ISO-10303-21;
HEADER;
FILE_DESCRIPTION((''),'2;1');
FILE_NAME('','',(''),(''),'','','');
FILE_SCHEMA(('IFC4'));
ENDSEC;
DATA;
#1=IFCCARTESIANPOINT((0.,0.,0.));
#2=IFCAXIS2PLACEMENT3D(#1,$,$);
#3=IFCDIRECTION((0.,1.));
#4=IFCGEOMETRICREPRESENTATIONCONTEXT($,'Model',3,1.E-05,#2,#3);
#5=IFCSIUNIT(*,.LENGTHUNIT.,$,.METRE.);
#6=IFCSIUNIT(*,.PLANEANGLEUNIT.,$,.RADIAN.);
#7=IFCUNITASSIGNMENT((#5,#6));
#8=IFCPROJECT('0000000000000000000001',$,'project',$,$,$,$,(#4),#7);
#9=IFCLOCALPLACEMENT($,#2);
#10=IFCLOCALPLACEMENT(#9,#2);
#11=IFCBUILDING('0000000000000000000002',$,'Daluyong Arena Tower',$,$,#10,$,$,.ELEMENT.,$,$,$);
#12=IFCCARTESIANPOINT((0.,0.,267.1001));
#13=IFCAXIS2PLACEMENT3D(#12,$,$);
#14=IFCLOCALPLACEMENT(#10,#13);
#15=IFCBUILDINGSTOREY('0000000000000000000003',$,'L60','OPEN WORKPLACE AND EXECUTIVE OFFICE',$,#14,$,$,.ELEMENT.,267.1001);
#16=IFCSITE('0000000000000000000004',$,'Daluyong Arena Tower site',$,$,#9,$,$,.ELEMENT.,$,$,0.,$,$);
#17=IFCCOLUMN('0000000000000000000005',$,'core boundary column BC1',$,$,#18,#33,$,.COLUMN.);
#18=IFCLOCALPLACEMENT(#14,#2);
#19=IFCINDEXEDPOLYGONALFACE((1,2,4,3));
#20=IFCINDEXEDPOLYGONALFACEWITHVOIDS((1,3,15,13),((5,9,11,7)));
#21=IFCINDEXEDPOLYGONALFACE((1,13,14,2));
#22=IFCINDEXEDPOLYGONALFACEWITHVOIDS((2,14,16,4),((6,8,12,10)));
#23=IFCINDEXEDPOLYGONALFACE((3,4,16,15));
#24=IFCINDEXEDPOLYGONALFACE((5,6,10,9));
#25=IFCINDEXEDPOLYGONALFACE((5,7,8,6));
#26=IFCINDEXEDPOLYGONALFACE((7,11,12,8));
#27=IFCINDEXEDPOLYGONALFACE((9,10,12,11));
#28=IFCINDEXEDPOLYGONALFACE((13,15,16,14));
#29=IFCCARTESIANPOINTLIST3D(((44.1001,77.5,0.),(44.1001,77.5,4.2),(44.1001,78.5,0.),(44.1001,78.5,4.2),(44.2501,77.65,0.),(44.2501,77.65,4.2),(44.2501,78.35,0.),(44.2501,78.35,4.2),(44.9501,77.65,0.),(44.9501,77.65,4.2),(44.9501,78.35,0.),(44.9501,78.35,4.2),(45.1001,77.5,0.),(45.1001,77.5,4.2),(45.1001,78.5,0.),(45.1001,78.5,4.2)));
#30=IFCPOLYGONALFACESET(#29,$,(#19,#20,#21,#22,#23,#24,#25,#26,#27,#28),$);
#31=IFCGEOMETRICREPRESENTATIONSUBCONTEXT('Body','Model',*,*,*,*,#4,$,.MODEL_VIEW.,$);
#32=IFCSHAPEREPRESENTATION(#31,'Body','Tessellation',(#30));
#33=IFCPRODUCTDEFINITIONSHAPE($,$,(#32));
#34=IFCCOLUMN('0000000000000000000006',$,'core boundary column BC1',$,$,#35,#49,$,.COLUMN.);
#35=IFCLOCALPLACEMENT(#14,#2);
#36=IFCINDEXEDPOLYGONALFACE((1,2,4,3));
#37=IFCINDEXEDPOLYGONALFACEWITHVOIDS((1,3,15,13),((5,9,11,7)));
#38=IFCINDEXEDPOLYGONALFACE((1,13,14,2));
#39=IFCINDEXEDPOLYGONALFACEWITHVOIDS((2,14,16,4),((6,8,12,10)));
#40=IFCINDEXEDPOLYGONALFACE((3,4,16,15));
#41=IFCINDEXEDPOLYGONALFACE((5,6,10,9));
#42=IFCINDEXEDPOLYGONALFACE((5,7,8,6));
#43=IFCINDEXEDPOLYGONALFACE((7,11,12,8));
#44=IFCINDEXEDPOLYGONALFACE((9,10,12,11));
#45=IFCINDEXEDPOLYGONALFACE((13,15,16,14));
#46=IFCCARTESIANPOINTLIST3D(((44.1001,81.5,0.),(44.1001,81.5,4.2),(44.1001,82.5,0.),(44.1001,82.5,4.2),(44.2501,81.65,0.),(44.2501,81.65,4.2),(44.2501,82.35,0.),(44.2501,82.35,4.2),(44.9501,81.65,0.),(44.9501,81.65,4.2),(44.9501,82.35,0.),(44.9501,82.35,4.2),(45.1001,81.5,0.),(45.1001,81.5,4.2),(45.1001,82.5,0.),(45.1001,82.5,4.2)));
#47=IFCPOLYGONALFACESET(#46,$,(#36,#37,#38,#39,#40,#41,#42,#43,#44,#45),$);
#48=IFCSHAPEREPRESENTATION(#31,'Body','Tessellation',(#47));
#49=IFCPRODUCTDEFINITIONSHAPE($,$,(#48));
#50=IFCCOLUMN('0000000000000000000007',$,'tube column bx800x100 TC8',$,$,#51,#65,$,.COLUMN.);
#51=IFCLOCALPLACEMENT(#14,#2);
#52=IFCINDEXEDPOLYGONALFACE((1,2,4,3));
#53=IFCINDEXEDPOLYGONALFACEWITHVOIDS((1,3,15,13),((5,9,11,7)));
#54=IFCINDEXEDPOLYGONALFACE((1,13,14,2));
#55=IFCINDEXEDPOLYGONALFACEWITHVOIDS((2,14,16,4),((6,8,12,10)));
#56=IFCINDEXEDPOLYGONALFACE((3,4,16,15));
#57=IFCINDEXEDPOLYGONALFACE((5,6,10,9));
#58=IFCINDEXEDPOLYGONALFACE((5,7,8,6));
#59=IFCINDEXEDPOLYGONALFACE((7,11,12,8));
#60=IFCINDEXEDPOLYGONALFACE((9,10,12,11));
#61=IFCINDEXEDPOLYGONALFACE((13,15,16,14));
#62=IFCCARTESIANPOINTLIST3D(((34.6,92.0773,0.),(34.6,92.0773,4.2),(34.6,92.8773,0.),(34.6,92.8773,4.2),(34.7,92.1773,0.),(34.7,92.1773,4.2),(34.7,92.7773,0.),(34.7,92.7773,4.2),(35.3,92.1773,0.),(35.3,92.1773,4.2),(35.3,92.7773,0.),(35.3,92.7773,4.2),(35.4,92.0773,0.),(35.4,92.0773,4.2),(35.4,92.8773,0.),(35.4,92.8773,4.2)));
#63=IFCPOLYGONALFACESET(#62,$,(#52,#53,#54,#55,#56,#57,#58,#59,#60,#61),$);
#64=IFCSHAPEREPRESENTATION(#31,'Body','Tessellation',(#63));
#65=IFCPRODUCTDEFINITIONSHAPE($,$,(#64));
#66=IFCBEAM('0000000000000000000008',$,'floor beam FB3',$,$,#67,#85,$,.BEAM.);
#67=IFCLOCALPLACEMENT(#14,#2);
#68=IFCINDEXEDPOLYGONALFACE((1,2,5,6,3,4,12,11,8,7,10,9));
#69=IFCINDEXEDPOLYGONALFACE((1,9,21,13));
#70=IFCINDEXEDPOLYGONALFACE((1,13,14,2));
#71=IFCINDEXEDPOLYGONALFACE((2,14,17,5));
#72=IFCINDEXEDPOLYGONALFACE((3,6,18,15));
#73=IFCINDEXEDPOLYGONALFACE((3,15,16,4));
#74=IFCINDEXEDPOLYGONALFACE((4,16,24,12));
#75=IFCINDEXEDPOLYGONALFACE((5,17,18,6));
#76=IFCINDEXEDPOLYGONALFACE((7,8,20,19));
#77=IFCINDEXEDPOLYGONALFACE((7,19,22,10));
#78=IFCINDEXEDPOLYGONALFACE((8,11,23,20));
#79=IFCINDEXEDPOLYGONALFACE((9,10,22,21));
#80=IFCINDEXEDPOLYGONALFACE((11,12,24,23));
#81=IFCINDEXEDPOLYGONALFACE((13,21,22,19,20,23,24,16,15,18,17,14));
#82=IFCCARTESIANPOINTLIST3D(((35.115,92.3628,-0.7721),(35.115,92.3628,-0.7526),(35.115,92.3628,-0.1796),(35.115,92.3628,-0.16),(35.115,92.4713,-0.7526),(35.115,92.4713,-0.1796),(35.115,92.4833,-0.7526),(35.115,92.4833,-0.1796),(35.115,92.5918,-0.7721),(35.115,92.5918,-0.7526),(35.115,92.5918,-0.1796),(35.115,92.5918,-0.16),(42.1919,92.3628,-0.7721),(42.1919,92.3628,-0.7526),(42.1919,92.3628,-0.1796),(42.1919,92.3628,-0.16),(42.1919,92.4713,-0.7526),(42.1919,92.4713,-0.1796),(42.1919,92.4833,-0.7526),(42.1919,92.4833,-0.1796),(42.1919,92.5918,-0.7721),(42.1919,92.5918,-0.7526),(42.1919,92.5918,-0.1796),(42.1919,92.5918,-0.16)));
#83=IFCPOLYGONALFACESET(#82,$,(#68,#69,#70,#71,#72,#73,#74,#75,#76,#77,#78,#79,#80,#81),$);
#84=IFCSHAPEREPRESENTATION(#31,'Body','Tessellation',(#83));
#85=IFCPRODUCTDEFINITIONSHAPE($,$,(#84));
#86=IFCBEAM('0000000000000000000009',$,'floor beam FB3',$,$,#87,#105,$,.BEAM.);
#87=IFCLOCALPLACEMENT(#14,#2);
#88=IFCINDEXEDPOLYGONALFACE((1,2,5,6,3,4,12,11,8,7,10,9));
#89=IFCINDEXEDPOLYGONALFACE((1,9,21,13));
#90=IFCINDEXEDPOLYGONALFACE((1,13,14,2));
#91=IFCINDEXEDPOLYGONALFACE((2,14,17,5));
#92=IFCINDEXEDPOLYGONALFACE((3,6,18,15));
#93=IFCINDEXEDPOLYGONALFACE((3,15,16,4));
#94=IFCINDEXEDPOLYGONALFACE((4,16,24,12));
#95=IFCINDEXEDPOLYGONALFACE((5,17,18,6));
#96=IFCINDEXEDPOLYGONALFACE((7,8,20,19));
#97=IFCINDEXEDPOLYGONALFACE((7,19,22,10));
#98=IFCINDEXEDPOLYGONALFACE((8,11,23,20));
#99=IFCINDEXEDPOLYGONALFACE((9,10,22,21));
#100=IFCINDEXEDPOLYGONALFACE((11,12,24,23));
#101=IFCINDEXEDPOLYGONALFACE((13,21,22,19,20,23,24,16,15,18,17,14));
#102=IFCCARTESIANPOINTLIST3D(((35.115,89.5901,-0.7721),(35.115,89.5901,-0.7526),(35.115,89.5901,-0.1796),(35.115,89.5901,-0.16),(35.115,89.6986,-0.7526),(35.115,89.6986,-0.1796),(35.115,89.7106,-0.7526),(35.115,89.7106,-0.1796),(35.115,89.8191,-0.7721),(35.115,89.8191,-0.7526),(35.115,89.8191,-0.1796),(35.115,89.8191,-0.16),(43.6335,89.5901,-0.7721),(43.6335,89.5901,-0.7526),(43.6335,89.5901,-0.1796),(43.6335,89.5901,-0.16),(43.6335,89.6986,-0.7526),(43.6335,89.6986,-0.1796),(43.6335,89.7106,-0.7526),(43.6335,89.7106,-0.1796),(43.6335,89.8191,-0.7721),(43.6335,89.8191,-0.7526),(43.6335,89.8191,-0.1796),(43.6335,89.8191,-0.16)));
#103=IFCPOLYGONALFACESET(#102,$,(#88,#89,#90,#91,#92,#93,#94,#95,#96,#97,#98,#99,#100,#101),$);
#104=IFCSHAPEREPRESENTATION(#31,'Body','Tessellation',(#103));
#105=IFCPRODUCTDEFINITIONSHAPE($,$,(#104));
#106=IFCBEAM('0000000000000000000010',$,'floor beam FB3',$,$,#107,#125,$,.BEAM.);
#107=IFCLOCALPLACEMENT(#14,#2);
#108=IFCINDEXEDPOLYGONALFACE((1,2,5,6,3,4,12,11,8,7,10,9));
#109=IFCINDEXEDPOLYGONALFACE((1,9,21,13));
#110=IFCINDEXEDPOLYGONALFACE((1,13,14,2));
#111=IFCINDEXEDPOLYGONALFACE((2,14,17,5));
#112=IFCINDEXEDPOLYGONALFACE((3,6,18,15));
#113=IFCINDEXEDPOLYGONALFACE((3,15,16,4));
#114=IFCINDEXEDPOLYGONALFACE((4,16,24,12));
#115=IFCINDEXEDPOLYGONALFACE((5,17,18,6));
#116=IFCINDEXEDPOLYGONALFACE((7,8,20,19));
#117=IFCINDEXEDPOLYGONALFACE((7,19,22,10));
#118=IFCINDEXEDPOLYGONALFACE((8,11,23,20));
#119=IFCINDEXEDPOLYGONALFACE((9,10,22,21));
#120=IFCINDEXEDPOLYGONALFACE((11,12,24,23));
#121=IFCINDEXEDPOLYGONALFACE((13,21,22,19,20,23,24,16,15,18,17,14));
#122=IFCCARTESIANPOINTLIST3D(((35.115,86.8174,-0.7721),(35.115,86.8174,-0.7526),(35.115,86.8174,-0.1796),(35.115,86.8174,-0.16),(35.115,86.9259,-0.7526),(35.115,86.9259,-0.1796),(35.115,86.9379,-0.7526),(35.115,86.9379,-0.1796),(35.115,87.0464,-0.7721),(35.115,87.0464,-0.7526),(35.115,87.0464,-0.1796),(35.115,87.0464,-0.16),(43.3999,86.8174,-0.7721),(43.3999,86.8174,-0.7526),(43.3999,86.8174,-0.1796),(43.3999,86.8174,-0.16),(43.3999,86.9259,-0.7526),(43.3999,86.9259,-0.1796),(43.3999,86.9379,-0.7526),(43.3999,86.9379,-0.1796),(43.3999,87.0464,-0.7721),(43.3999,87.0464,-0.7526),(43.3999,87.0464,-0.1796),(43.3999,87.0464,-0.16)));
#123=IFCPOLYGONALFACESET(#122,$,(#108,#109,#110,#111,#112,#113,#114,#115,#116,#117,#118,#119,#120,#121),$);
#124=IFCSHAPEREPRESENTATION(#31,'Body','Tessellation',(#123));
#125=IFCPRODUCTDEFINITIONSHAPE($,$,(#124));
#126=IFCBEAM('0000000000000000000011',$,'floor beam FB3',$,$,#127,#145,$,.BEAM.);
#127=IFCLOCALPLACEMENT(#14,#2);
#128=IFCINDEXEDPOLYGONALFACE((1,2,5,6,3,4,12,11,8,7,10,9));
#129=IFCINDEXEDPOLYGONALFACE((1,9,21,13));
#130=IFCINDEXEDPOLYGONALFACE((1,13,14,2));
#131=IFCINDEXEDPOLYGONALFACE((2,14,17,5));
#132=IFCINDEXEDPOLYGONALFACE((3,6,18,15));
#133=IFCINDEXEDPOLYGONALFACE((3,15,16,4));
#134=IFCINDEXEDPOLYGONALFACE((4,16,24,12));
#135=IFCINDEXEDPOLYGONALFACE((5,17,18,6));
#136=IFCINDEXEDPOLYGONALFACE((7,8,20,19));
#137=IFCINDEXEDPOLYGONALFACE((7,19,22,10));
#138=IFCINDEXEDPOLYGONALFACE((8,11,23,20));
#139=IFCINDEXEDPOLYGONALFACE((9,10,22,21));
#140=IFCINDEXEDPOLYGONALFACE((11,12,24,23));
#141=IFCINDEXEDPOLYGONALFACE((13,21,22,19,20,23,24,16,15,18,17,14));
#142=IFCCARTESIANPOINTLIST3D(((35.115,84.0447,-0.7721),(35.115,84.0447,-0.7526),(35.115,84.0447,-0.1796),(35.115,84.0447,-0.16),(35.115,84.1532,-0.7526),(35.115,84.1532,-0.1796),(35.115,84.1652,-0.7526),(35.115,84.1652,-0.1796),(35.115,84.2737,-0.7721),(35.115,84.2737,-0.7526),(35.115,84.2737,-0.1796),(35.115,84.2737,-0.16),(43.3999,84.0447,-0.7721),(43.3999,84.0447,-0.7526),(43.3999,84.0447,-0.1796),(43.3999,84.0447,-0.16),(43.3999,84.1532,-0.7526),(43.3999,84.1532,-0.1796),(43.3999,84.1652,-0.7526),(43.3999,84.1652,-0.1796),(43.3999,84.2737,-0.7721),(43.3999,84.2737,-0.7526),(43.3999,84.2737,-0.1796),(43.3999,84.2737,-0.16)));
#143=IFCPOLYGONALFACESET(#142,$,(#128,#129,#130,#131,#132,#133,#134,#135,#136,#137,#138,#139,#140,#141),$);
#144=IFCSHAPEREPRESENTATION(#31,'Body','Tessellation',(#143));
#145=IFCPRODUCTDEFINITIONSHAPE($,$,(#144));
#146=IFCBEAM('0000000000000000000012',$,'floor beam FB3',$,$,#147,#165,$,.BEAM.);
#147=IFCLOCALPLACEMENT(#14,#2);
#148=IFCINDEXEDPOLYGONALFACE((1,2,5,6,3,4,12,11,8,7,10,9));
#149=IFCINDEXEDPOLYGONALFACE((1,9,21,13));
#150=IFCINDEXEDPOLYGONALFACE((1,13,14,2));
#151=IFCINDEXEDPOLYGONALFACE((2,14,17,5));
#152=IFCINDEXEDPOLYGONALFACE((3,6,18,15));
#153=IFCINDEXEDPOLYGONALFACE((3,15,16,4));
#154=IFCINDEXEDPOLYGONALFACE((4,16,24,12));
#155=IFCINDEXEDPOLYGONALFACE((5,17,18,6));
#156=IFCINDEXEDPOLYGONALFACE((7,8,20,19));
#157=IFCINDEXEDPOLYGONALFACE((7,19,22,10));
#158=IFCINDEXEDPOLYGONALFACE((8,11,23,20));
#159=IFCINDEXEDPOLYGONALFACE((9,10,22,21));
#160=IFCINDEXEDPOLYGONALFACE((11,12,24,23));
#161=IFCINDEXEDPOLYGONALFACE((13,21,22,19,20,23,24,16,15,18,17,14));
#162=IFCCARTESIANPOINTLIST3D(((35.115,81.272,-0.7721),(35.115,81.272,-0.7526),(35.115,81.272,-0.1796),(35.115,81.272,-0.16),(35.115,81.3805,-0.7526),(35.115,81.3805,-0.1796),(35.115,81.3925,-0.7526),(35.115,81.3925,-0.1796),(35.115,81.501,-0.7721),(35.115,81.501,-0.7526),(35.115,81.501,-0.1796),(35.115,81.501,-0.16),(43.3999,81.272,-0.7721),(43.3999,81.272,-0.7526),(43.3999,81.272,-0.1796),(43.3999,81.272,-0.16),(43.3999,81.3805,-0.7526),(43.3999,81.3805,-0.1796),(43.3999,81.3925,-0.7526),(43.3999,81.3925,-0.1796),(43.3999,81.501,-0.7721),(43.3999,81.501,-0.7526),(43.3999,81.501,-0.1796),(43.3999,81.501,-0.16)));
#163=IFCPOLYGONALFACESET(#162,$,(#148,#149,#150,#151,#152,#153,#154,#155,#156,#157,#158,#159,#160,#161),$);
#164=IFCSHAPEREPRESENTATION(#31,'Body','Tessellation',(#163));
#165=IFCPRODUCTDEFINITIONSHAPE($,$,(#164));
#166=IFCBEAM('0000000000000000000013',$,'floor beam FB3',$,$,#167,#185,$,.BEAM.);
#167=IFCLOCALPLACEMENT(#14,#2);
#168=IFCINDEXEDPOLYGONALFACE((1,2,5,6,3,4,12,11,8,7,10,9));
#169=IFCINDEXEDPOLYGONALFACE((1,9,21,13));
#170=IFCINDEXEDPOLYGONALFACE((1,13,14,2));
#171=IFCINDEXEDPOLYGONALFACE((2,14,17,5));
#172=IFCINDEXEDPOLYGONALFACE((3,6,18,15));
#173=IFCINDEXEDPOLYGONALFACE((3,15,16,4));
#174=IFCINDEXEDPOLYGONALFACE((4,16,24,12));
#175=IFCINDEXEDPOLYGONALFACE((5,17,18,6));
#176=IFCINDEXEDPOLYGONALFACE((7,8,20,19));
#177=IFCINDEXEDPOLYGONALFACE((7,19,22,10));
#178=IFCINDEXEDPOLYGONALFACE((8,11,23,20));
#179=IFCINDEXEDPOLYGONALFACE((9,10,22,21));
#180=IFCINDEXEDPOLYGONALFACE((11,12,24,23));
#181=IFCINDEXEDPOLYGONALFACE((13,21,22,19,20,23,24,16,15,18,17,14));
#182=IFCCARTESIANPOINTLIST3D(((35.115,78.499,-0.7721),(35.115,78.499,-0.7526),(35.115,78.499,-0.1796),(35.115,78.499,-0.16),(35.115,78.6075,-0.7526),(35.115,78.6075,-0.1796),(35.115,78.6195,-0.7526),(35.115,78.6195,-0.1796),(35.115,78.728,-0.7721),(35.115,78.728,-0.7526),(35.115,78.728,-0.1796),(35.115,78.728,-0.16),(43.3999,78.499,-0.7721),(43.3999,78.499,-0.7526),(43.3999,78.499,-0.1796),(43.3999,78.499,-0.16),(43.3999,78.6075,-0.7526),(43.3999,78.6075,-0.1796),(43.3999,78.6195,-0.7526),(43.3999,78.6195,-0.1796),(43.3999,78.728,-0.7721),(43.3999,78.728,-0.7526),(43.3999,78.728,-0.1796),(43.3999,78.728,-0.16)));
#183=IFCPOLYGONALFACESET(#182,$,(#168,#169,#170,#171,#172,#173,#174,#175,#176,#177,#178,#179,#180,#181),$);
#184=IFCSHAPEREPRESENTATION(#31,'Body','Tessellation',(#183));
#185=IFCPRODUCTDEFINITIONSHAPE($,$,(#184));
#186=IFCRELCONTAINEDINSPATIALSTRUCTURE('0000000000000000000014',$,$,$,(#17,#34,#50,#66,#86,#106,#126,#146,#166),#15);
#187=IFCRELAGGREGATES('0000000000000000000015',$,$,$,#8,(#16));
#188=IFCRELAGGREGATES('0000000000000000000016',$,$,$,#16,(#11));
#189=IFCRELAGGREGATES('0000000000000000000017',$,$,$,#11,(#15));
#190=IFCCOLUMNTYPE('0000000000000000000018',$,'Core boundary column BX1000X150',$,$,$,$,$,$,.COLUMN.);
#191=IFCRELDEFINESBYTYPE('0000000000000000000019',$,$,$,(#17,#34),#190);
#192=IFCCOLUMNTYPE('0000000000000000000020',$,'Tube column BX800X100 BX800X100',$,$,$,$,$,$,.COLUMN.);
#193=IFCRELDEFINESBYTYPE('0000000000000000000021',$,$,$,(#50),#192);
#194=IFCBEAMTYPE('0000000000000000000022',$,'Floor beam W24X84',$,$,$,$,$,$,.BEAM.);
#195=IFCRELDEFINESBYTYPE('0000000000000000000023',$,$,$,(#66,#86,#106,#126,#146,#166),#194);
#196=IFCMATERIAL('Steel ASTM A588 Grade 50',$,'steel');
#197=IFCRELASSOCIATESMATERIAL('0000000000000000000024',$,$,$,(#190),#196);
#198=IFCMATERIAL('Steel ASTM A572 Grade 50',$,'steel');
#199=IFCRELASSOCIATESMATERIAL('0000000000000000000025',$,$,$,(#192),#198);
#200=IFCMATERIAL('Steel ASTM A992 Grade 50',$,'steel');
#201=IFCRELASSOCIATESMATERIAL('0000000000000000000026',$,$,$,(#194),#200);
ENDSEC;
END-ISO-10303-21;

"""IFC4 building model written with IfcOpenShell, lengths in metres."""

from ifc_helpers import new_model, si_unit, direction, frame, origin, origin_2d, place, context, subcontext, project, spatial, hollow_rectangle, i_section, extrude, material, material_profile, profile_set, type_object, element, save


model = new_model("IFC4")

# Units and contexts
model_context = context("Model", 3, precision=1e-05, world=origin(), true_north=direction((0.0, 1.0)))
body_context = subcontext(model_context, "Body", "Model", "MODEL_VIEW")
ifc_project = project(units=[si_unit("LENGTHUNIT", "METRE"), si_unit("PLANEANGLEUNIT", "RADIAN")], contexts=[model_context])

# Site, building, storey
site_placement = place(None, origin())
site = spatial("IfcSite", under=ifc_project, at=site_placement, Name="Daluyong Arena Tower site", CompositionType="ELEMENT", RefElevation=0.0)
building_placement = place(site_placement, origin())
building = spatial("IfcBuilding", under=site, at=building_placement, Name="Daluyong Arena Tower", CompositionType="ELEMENT")
storey_placement = place(building_placement, frame((0.0, 0.0, 267.1001)))
storey = spatial("IfcBuildingStorey", under=building, at=storey_placement, Name="L60", Description="OPEN WORKPLACE AND EXECUTIVE OFFICE", CompositionType="ELEMENT", Elevation=267.1001)

# Columns
ifc_material_1 = material(Name="Steel ASTM A588 Grade 50", Category="steel")
ifc_material_profile_1 = material_profile(ifc_material_1, hollow_rectangle(XDim=1.0, YDim=1.0, WallThickness=0.15, at=origin_2d()))
ifc_profile_set_1 = profile_set([ifc_material_profile_1], Name="Steel ASTM A588 Grade 50")
column_type_1 = type_object("IfcColumnType", Name="Core boundary column BX1000X150", PredefinedType="COLUMN", material=ifc_profile_set_1)
for number, where, z_axis, x_axis, name in (
    (1, (44.6001, 78.0, 0.0), (0.0, 0.0, 1.0), (1.0, 0.0, 0.0), "core boundary column BC1"),
    (2, (44.6001, 82.0, 0.0), (0.0, 0.0, 1.0), (1.0, 0.0, 0.0), "core boundary column BC1"),
):
    element("IfcColumn", number, at=place(storey_placement, frame(where, z_axis=z_axis, x_axis=x_axis)), inside=storey, type_object=column_type_1, Name=name, PredefinedType="COLUMN", context=body_context, shape_type="SweptSolid", body=[
        extrude(hollow_rectangle(XDim=1.0, YDim=1.0, WallThickness=0.15, at=origin_2d()), origin(), (0.0, 0.0, 1.0), 4.2),
    ])
ifc_material_2 = material(Name="Steel ASTM A572 Grade 50", Category="steel")
ifc_material_profile_2 = material_profile(ifc_material_2, hollow_rectangle(XDim=0.8, YDim=0.8, WallThickness=0.1, at=origin_2d()))
ifc_profile_set_2 = profile_set([ifc_material_profile_2], Name="Steel ASTM A572 Grade 50")
column_type_2 = type_object("IfcColumnType", Name="Tube column BX800X100 BX800X100", PredefinedType="COLUMN", material=ifc_profile_set_2)
column_placement = place(storey_placement, frame((35.0, 92.4773, 0.0), z_axis=(0.0, 0.0, 1.0), x_axis=(0.0, 1.0, 0.0)))
element("IfcColumn", 3, at=column_placement, inside=storey, type_object=column_type_2, Name="tube column bx800x100 TC8", PredefinedType="COLUMN", context=body_context, shape_type="SweptSolid", body=[
    extrude(hollow_rectangle(XDim=0.8, YDim=0.8, WallThickness=0.1, at=origin_2d()), origin(), (0.0, 0.0, 1.0), 4.2),
])

# Beams
ifc_material_3 = material(Name="Steel ASTM A992 Grade 50", Category="steel")
ifc_material_profile_3 = material_profile(ifc_material_3, i_section(OverallWidth=0.229, OverallDepth=0.6121, WebThickness=0.012, FlangeThickness=0.0195, at=origin_2d()))
ifc_profile_set_3 = profile_set([ifc_material_profile_3], Name="Steel ASTM A992 Grade 50")
beam_type_1 = type_object("IfcBeamType", Name="Floor beam W24X84", PredefinedType="BEAM", material=ifc_profile_set_3)
beam_1_placement = place(storey_placement, frame((35.115, 92.4773, -0.4661), z_axis=(1.0, 0.0, 0.0), x_axis=(0.0, 1.0, 0.0)))
element("IfcBeam", 4, at=beam_1_placement, inside=storey, type_object=beam_type_1, Name="floor beam FB3", PredefinedType="BEAM", context=body_context, shape_type="SweptSolid", body=[
    extrude(i_section(OverallWidth=0.229, OverallDepth=0.6121, WebThickness=0.012, FlangeThickness=0.0195, at=origin_2d()), origin(), (0.0, 0.0, 1.0), 7.0769),
])
beam_2_placement = place(storey_placement, frame((35.115, 89.7046, -0.4661), z_axis=(1.0, 0.0, 0.0), x_axis=(0.0, 1.0, 0.0)))
element("IfcBeam", 5, at=beam_2_placement, inside=storey, type_object=beam_type_1, Name="floor beam FB3", PredefinedType="BEAM", context=body_context, shape_type="SweptSolid", body=[
    extrude(i_section(OverallWidth=0.229, OverallDepth=0.6121, WebThickness=0.012, FlangeThickness=0.0195, at=origin_2d()), origin(), (0.0, 0.0, 1.0), 8.5186),
])
for number, where, z_axis, x_axis, name in (
    (6, (35.115, 86.9319, -0.4661), (1.0, 0.0, 0.0), (0.0, 1.0, 0.0), "floor beam FB3"),
    (7, (35.115, 84.1592, -0.4661), (1.0, 0.0, 0.0), (0.0, 1.0, 0.0), "floor beam FB3"),
    (8, (35.115, 81.3865, -0.4661), (1.0, 0.0, 0.0), (0.0, 1.0, 0.0), "floor beam FB3"),
    (9, (35.115, 78.6135, -0.4661), (1.0, 0.0, 0.0), (0.0, 1.0, 0.0), "floor beam FB3"),
):
    element("IfcBeam", number, at=place(storey_placement, frame(where, z_axis=z_axis, x_axis=x_axis)), inside=storey, type_object=beam_type_1, Name=name, PredefinedType="BEAM", context=body_context, shape_type="SweptSolid", body=[
        extrude(i_section(OverallWidth=0.229, OverallDepth=0.6121, WebThickness=0.012, FlangeThickness=0.0195, at=origin_2d()), origin(), (0.0, 0.0, 1.0), 8.2849),
    ])

save(model, "model.ifc")
